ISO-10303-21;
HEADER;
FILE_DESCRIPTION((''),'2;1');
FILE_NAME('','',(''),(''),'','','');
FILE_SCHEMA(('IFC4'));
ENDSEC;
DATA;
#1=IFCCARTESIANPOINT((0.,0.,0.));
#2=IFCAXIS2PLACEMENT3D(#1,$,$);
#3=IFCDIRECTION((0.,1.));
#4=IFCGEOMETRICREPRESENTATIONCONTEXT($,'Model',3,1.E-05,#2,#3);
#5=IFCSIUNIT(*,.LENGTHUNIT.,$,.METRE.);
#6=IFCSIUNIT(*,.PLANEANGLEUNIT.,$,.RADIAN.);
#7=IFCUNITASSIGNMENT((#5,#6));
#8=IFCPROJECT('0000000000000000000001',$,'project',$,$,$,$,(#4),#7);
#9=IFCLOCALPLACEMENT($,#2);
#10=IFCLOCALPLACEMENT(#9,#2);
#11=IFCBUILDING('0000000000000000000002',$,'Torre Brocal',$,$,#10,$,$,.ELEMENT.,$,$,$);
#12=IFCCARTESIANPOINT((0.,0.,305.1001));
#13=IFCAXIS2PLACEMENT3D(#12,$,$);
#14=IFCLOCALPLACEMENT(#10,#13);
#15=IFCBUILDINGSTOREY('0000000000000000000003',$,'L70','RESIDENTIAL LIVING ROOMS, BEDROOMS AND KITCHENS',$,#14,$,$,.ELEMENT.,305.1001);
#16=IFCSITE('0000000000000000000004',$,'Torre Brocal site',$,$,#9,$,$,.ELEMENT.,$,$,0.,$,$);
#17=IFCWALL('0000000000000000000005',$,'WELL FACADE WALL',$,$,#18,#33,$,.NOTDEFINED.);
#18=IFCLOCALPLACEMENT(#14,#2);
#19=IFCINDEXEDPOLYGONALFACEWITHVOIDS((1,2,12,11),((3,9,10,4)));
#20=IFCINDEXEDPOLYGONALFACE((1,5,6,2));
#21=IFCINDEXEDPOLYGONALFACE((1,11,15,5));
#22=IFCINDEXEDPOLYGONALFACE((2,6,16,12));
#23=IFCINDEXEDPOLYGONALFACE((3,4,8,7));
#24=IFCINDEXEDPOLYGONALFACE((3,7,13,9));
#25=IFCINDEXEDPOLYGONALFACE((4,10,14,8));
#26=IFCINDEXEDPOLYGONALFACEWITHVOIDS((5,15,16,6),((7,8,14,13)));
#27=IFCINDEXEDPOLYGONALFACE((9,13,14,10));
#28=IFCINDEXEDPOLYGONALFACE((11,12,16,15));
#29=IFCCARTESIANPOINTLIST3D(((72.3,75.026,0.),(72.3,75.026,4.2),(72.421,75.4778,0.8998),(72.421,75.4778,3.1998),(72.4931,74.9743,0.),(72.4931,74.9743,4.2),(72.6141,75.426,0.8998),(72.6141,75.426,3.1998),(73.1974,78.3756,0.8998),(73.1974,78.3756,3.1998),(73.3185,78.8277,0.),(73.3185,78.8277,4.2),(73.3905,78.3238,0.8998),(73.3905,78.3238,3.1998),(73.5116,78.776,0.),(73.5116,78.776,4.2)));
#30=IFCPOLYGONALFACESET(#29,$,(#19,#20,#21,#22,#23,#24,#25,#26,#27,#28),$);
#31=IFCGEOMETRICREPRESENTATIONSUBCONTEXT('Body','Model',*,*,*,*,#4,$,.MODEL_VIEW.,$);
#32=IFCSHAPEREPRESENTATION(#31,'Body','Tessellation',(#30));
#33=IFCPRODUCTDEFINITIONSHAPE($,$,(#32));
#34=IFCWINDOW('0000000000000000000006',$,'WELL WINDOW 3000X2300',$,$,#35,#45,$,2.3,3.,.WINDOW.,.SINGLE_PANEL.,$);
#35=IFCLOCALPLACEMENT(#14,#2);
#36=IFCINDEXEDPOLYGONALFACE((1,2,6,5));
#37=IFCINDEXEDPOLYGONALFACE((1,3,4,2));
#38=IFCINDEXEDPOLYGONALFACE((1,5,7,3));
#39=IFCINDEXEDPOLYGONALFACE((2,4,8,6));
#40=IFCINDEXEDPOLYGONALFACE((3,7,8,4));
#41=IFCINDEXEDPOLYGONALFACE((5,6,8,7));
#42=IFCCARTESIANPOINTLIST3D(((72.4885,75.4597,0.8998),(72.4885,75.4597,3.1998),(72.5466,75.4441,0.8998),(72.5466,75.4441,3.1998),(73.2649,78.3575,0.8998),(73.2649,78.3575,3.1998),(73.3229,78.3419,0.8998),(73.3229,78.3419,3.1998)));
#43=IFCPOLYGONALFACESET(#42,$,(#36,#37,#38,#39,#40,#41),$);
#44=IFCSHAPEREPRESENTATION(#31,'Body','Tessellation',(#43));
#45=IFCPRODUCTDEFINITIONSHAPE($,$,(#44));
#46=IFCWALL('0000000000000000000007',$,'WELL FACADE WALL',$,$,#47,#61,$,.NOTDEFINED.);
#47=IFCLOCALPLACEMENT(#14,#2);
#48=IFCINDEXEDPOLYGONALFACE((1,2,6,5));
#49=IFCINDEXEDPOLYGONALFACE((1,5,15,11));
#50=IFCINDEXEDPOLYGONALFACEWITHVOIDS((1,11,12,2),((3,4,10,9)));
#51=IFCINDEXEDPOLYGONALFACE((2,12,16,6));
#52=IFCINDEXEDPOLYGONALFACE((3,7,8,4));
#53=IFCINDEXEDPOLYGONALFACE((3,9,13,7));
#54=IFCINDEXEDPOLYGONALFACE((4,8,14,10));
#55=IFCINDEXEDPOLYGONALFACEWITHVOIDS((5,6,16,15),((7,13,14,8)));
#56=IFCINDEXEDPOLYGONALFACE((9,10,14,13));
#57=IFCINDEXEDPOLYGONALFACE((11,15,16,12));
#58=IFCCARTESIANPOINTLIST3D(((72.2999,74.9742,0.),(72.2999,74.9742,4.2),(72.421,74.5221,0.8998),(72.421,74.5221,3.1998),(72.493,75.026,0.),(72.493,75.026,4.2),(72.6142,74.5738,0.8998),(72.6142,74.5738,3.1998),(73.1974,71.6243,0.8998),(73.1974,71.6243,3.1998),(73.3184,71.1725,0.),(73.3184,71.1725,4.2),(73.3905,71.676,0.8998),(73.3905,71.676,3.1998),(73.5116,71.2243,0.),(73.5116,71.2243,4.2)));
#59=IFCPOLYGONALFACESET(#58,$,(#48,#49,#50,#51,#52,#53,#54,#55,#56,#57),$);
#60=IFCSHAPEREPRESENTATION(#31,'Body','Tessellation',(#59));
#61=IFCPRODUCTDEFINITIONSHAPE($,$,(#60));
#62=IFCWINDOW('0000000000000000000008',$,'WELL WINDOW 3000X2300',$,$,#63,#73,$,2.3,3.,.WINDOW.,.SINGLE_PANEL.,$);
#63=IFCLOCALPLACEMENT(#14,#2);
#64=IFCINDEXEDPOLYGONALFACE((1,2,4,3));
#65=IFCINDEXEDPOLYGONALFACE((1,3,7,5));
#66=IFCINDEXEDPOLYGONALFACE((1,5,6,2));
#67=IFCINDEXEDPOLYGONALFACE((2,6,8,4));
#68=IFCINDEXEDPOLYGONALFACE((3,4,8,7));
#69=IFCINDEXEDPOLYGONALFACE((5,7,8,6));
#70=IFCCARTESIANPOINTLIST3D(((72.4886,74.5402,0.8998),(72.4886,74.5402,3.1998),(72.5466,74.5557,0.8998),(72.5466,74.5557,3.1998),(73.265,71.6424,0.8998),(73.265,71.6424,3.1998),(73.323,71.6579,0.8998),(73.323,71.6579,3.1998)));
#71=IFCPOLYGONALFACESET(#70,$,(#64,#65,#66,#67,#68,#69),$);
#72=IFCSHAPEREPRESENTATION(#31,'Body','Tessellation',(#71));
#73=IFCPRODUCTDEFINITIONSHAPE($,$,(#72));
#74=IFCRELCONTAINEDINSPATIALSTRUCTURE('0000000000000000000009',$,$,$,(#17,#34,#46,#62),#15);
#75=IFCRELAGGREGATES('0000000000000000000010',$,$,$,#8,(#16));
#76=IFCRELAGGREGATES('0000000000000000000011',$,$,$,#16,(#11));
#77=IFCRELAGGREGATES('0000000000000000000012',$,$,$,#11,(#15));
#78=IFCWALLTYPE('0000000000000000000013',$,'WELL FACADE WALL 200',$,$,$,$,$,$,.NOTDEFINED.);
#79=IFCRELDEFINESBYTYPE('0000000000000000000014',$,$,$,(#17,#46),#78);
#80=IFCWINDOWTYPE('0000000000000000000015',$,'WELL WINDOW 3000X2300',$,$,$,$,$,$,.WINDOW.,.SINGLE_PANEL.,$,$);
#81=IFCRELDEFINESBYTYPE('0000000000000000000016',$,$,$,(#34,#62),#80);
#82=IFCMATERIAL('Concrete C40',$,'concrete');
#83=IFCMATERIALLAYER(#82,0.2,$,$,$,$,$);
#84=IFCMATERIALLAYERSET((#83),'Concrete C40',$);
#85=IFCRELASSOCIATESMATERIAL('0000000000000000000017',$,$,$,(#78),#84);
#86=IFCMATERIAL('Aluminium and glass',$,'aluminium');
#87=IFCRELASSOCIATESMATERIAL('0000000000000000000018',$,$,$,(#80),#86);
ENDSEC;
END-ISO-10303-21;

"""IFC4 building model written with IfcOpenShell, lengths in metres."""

from ifc_helpers import new_model, si_unit, direction, frame, frame_2d, origin, place, context, subcontext, project, spatial, rectangle, extrude, material, layer, layer_set, type_object, element, fill, save


model = new_model("IFC4")

# Units and contexts
model_context = context("Model", 3, precision=1e-05, world=origin(), true_north=direction((0.0, 1.0)))
body_context = subcontext(model_context, "Body", "Model", "MODEL_VIEW")
ifc_project = project(units=[si_unit("LENGTHUNIT", "METRE"), si_unit("PLANEANGLEUNIT", "RADIAN")], contexts=[model_context])

# Site, building, storey
site_placement = place(None, origin())
site = spatial("IfcSite", under=ifc_project, at=site_placement, Name="Torre Brocal site", CompositionType="ELEMENT", RefElevation=0.0)
building_placement = place(site_placement, origin())
building = spatial("IfcBuilding", under=site, at=building_placement, Name="Torre Brocal", CompositionType="ELEMENT")
storey_placement = place(building_placement, frame((0.0, 0.0, 305.1001)))
storey = spatial("IfcBuildingStorey", under=building, at=storey_placement, Name="L70", Description="RESIDENTIAL LIVING ROOMS, BEDROOMS AND KITCHENS", CompositionType="ELEMENT", Elevation=305.1001)

# Walls, openings, windows
ifc_material_1 = material(Name="Concrete C40", Category="concrete")
ifc_layer_1 = layer(ifc_material_1, 0.2)
ifc_layer_set_1 = layer_set([ifc_layer_1], Name="Concrete C40")
wall_type_1 = type_object("IfcWallType", Name="WELL FACADE WALL 200", PredefinedType="NOTDEFINED", material=ifc_layer_set_1)
ifc_material_2 = material(Name="Aluminium and glass", Category="aluminium")
window_type = type_object("IfcWindowType", Name="WELL WINDOW 3000X2300", PartitioningType="SINGLE_PANEL", PredefinedType="WINDOW", material=ifc_material_2)
wall_1_placement = place(storey_placement, frame((73.415, 78.8018, 0.0), z_axis=(0.0, 0.0, 1.0), x_axis=(-0.25879, -0.965934, 0.0)))
wall_1 = element("IfcWall", 1, at=wall_1_placement, inside=storey, type_object=wall_type_1, Name="WELL FACADE WALL", PredefinedType="NOTDEFINED", context=body_context, shape_type="SweptSolid", body=[
    extrude(rectangle(XDim=3.9358, YDim=0.2, at=frame_2d((1.9678, 0.0))), origin(), (0.0, 0.0, 1.0), 4.2),
])
opening_1_placement = place(wall_1_placement, frame((0.468, 0.0, 0.8999)))
opening_1 = element("IfcOpeningElement", 2, at=opening_1_placement, cuts=wall_1, PredefinedType="OPENING", context=body_context, shape_type="SweptSolid", body=[
    extrude(rectangle(XDim=3.0, YDim=2.3, at=frame_2d((1.5, 1.1499))), frame((0.0, 0.1099, 0.0), z_axis=(0.0, -1.0, 0.0), x_axis=(1.0, 0.0, 0.0)), (0.0, 0.0, 1.0), 0.22),
])
window_1_placement = place(opening_1_placement, origin())
window_1 = element("IfcWindow", 3, at=window_1_placement, inside=storey, type_object=window_type, Name="WELL WINDOW 3000X2300", OverallHeight=2.3, OverallWidth=3.0, PartitioningType="SINGLE_PANEL", PredefinedType="WINDOW", context=body_context, shape_type="SweptSolid", body=[
    extrude(rectangle(XDim=3.0, YDim=2.3, at=frame_2d((1.5, 1.1499))), frame((0.0, 0.03, 0.0), z_axis=(0.0, -1.0, 0.0), x_axis=(1.0, 0.0, 0.0)), (0.0, 0.0, 1.0), 0.0601),
])
fill(opening_1, window_1)
wall_2_placement = place(storey_placement, frame((72.3965, 75.0, 0.0), z_axis=(0.0, 0.0, 1.0), x_axis=(0.25879, -0.965934, 0.0)))
wall_2 = element("IfcWall", 4, at=wall_2_placement, inside=storey, type_object=wall_type_1, Name="WELL FACADE WALL", PredefinedType="NOTDEFINED", context=body_context, shape_type="SweptSolid", body=[
    extrude(rectangle(XDim=3.9358, YDim=0.2, at=frame_2d((1.9678, 0.0))), origin(), (0.0, 0.0, 1.0), 4.2),
])
opening_2_placement = place(wall_2_placement, frame((0.468, 0.0, 0.8999)))
opening_2 = element("IfcOpeningElement", 5, at=opening_2_placement, cuts=wall_2, PredefinedType="OPENING", context=body_context, shape_type="SweptSolid", body=[
    extrude(rectangle(XDim=3.0, YDim=2.3, at=frame_2d((1.5, 1.1499))), frame((0.0, 0.1099, 0.0), z_axis=(0.0, -1.0, 0.0), x_axis=(1.0, 0.0, 0.0)), (0.0, 0.0, 1.0), 0.22),
])
window_2_placement = place(opening_2_placement, origin())
window_2 = element("IfcWindow", 6, at=window_2_placement, inside=storey, type_object=window_type, Name="WELL WINDOW 3000X2300", OverallHeight=2.3, OverallWidth=3.0, PartitioningType="SINGLE_PANEL", PredefinedType="WINDOW", context=body_context, shape_type="SweptSolid", body=[
    extrude(rectangle(XDim=3.0, YDim=2.3, at=frame_2d((1.5, 1.1499))), frame((0.0, 0.03, 0.0), z_axis=(0.0, -1.0, 0.0), x_axis=(1.0, 0.0, 0.0)), (0.0, 0.0, 1.0), 0.0601),
])
fill(opening_2, window_2)

save(model, "model.ifc")
